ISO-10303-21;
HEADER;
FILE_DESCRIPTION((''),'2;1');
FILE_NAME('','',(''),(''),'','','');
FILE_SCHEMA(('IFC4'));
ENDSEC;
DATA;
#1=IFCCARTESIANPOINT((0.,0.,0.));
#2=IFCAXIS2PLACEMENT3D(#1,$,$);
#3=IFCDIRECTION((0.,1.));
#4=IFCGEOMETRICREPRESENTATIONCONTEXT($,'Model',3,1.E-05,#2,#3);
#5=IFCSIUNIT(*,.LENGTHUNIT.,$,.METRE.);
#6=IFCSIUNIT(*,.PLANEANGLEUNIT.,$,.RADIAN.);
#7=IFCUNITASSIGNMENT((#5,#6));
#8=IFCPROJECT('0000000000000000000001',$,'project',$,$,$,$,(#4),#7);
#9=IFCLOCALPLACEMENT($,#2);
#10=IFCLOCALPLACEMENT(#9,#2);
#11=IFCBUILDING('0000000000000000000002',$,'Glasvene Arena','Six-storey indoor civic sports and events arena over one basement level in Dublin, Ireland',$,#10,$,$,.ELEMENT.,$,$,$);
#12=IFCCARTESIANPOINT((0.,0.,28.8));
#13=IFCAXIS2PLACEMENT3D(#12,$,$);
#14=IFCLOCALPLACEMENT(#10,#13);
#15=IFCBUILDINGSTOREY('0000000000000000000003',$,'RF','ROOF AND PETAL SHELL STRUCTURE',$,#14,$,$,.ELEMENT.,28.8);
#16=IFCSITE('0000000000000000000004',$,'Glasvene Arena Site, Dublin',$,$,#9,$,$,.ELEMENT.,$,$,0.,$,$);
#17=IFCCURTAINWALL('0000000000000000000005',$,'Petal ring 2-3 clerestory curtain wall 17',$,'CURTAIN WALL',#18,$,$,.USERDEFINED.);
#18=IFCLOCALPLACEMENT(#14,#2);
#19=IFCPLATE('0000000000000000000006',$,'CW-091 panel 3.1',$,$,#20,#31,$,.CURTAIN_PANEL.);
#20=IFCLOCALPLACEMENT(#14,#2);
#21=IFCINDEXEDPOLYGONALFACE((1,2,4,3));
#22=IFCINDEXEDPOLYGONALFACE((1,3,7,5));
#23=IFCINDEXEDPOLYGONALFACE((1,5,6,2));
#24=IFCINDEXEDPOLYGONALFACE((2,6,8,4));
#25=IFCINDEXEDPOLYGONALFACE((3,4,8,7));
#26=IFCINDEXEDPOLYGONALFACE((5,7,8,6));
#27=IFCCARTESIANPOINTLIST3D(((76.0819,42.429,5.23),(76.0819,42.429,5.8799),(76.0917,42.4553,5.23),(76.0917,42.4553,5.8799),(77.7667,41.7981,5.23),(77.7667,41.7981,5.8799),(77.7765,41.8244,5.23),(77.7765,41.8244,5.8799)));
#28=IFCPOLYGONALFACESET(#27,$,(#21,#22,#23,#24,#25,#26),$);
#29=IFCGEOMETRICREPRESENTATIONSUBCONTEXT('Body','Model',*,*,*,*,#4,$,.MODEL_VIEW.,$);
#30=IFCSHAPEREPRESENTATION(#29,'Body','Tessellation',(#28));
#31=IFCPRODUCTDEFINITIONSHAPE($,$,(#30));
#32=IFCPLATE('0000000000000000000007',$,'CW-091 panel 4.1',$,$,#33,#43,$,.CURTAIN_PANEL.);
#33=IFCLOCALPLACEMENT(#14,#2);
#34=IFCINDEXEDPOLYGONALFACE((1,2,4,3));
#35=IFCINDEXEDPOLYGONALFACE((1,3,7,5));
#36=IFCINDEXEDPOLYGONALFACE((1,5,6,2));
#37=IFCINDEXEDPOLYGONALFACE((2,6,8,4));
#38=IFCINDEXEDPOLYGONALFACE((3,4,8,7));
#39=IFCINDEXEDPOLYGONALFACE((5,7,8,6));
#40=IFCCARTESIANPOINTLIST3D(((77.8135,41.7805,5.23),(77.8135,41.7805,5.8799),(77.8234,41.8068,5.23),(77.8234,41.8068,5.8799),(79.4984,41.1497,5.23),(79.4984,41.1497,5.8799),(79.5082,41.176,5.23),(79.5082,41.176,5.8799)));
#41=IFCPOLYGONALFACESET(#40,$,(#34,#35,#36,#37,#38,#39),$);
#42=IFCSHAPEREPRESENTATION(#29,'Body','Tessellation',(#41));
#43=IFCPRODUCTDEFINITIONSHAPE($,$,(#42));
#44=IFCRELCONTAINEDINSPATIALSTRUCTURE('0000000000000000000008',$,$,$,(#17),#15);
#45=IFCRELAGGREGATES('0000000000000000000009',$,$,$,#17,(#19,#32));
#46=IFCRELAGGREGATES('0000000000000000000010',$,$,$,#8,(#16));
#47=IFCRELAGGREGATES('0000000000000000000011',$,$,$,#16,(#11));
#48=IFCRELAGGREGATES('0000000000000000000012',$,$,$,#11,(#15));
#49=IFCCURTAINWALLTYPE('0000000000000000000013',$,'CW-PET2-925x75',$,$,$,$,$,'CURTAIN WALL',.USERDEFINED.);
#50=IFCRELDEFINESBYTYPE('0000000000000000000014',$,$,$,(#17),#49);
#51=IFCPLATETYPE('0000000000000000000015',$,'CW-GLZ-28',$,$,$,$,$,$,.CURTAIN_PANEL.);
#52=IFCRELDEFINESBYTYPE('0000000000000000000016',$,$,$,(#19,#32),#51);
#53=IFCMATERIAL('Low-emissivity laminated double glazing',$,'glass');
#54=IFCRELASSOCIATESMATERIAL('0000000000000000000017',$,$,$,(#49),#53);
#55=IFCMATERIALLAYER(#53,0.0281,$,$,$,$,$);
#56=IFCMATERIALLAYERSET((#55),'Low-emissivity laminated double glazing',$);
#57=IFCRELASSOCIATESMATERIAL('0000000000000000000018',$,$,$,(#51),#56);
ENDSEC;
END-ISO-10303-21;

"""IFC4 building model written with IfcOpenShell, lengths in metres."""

from ifc_helpers import new_model, si_unit, direction, frame, origin, origin_2d, place, context, subcontext, project, spatial, rectangle, extrude, material, layer, layer_set, type_object, element, aggregate, save


model = new_model("IFC4")

# Units and contexts
model_context = context("Model", 3, precision=1e-05, world=origin(), true_north=direction((0.0, 1.0)))
body_context = subcontext(model_context, "Body", "Model", "MODEL_VIEW")
ifc_project = project(units=[si_unit("LENGTHUNIT", "METRE"), si_unit("PLANEANGLEUNIT", "RADIAN")], contexts=[model_context])

# Site, building, storey
site_placement = place(None, origin())
site = spatial("IfcSite", under=ifc_project, at=site_placement, Name="Glasvene Arena Site, Dublin", CompositionType="ELEMENT", RefElevation=0.0)
building_placement = place(site_placement, origin())
building = spatial("IfcBuilding", under=site, at=building_placement, Name="Glasvene Arena", Description="Six-storey indoor civic sports and events arena over one basement level in Dublin, Ireland", CompositionType="ELEMENT")
storey_placement = place(building_placement, frame((0.0, 0.0, 28.8)))
storey = spatial("IfcBuildingStorey", under=building, at=storey_placement, Name="RF", Description="ROOF AND PETAL SHELL STRUCTURE", CompositionType="ELEMENT", Elevation=28.8)

# Curtain wall
ifc_material_1 = material(Name="Low-emissivity laminated double glazing", Category="glass")
curtain_wall_type_1 = type_object("IfcCurtainWallType", Name="CW-PET2-925x75", ElementType="CURTAIN WALL", PredefinedType="USERDEFINED", material=ifc_material_1)
curtain_wall_1_placement = place(storey_placement, frame((72.6001, 43.7476, 0.0)))
curtain_wall_1 = element("IfcCurtainWall", 1, at=curtain_wall_1_placement, inside=storey, type_object=curtain_wall_type_1, Name="Petal ring 2-3 clerestory curtain wall 17", ObjectType="CURTAIN WALL", PredefinedType="USERDEFINED")

# Plates
ifc_layer = layer(ifc_material_1, 0.0281)
ifc_layer_set = layer_set([ifc_layer], Name="Low-emissivity laminated double glazing")
plate_type = type_object("IfcPlateType", Name="CW-GLZ-28", PredefinedType="CURTAIN_PANEL", material=ifc_layer_set)
plate_1_placement = place(storey_placement, frame((76.9292, 42.1267, 5.23), z_axis=(0.0, 0.0, 1.0), x_axis=(0.93651, -0.35064, 0.0)))
plate_1 = element("IfcPlate", 2, at=plate_1_placement, type_object=plate_type, Name="CW-091 panel 3.1", PredefinedType="CURTAIN_PANEL", context=body_context, shape_type="SweptSolid", body=[
    extrude(rectangle(XDim=1.7991, YDim=0.0281, at=origin_2d()), origin(), (0.0, 0.0, 1.0), 0.6499),
])
plate_2_placement = place(storey_placement, frame((78.6609, 41.4783, 5.23), z_axis=(0.0, 0.0, 1.0), x_axis=(0.93651, -0.35064, 0.0)))
plate_2 = element("IfcPlate", 3, at=plate_2_placement, type_object=plate_type, Name="CW-091 panel 4.1", PredefinedType="CURTAIN_PANEL", context=body_context, shape_type="SweptSolid", body=[
    extrude(rectangle(XDim=1.7991, YDim=0.0281, at=origin_2d()), origin(), (0.0, 0.0, 1.0), 0.6499),
])
aggregate(curtain_wall_1, [plate_1, plate_2])

save(model, "model.ifc")
